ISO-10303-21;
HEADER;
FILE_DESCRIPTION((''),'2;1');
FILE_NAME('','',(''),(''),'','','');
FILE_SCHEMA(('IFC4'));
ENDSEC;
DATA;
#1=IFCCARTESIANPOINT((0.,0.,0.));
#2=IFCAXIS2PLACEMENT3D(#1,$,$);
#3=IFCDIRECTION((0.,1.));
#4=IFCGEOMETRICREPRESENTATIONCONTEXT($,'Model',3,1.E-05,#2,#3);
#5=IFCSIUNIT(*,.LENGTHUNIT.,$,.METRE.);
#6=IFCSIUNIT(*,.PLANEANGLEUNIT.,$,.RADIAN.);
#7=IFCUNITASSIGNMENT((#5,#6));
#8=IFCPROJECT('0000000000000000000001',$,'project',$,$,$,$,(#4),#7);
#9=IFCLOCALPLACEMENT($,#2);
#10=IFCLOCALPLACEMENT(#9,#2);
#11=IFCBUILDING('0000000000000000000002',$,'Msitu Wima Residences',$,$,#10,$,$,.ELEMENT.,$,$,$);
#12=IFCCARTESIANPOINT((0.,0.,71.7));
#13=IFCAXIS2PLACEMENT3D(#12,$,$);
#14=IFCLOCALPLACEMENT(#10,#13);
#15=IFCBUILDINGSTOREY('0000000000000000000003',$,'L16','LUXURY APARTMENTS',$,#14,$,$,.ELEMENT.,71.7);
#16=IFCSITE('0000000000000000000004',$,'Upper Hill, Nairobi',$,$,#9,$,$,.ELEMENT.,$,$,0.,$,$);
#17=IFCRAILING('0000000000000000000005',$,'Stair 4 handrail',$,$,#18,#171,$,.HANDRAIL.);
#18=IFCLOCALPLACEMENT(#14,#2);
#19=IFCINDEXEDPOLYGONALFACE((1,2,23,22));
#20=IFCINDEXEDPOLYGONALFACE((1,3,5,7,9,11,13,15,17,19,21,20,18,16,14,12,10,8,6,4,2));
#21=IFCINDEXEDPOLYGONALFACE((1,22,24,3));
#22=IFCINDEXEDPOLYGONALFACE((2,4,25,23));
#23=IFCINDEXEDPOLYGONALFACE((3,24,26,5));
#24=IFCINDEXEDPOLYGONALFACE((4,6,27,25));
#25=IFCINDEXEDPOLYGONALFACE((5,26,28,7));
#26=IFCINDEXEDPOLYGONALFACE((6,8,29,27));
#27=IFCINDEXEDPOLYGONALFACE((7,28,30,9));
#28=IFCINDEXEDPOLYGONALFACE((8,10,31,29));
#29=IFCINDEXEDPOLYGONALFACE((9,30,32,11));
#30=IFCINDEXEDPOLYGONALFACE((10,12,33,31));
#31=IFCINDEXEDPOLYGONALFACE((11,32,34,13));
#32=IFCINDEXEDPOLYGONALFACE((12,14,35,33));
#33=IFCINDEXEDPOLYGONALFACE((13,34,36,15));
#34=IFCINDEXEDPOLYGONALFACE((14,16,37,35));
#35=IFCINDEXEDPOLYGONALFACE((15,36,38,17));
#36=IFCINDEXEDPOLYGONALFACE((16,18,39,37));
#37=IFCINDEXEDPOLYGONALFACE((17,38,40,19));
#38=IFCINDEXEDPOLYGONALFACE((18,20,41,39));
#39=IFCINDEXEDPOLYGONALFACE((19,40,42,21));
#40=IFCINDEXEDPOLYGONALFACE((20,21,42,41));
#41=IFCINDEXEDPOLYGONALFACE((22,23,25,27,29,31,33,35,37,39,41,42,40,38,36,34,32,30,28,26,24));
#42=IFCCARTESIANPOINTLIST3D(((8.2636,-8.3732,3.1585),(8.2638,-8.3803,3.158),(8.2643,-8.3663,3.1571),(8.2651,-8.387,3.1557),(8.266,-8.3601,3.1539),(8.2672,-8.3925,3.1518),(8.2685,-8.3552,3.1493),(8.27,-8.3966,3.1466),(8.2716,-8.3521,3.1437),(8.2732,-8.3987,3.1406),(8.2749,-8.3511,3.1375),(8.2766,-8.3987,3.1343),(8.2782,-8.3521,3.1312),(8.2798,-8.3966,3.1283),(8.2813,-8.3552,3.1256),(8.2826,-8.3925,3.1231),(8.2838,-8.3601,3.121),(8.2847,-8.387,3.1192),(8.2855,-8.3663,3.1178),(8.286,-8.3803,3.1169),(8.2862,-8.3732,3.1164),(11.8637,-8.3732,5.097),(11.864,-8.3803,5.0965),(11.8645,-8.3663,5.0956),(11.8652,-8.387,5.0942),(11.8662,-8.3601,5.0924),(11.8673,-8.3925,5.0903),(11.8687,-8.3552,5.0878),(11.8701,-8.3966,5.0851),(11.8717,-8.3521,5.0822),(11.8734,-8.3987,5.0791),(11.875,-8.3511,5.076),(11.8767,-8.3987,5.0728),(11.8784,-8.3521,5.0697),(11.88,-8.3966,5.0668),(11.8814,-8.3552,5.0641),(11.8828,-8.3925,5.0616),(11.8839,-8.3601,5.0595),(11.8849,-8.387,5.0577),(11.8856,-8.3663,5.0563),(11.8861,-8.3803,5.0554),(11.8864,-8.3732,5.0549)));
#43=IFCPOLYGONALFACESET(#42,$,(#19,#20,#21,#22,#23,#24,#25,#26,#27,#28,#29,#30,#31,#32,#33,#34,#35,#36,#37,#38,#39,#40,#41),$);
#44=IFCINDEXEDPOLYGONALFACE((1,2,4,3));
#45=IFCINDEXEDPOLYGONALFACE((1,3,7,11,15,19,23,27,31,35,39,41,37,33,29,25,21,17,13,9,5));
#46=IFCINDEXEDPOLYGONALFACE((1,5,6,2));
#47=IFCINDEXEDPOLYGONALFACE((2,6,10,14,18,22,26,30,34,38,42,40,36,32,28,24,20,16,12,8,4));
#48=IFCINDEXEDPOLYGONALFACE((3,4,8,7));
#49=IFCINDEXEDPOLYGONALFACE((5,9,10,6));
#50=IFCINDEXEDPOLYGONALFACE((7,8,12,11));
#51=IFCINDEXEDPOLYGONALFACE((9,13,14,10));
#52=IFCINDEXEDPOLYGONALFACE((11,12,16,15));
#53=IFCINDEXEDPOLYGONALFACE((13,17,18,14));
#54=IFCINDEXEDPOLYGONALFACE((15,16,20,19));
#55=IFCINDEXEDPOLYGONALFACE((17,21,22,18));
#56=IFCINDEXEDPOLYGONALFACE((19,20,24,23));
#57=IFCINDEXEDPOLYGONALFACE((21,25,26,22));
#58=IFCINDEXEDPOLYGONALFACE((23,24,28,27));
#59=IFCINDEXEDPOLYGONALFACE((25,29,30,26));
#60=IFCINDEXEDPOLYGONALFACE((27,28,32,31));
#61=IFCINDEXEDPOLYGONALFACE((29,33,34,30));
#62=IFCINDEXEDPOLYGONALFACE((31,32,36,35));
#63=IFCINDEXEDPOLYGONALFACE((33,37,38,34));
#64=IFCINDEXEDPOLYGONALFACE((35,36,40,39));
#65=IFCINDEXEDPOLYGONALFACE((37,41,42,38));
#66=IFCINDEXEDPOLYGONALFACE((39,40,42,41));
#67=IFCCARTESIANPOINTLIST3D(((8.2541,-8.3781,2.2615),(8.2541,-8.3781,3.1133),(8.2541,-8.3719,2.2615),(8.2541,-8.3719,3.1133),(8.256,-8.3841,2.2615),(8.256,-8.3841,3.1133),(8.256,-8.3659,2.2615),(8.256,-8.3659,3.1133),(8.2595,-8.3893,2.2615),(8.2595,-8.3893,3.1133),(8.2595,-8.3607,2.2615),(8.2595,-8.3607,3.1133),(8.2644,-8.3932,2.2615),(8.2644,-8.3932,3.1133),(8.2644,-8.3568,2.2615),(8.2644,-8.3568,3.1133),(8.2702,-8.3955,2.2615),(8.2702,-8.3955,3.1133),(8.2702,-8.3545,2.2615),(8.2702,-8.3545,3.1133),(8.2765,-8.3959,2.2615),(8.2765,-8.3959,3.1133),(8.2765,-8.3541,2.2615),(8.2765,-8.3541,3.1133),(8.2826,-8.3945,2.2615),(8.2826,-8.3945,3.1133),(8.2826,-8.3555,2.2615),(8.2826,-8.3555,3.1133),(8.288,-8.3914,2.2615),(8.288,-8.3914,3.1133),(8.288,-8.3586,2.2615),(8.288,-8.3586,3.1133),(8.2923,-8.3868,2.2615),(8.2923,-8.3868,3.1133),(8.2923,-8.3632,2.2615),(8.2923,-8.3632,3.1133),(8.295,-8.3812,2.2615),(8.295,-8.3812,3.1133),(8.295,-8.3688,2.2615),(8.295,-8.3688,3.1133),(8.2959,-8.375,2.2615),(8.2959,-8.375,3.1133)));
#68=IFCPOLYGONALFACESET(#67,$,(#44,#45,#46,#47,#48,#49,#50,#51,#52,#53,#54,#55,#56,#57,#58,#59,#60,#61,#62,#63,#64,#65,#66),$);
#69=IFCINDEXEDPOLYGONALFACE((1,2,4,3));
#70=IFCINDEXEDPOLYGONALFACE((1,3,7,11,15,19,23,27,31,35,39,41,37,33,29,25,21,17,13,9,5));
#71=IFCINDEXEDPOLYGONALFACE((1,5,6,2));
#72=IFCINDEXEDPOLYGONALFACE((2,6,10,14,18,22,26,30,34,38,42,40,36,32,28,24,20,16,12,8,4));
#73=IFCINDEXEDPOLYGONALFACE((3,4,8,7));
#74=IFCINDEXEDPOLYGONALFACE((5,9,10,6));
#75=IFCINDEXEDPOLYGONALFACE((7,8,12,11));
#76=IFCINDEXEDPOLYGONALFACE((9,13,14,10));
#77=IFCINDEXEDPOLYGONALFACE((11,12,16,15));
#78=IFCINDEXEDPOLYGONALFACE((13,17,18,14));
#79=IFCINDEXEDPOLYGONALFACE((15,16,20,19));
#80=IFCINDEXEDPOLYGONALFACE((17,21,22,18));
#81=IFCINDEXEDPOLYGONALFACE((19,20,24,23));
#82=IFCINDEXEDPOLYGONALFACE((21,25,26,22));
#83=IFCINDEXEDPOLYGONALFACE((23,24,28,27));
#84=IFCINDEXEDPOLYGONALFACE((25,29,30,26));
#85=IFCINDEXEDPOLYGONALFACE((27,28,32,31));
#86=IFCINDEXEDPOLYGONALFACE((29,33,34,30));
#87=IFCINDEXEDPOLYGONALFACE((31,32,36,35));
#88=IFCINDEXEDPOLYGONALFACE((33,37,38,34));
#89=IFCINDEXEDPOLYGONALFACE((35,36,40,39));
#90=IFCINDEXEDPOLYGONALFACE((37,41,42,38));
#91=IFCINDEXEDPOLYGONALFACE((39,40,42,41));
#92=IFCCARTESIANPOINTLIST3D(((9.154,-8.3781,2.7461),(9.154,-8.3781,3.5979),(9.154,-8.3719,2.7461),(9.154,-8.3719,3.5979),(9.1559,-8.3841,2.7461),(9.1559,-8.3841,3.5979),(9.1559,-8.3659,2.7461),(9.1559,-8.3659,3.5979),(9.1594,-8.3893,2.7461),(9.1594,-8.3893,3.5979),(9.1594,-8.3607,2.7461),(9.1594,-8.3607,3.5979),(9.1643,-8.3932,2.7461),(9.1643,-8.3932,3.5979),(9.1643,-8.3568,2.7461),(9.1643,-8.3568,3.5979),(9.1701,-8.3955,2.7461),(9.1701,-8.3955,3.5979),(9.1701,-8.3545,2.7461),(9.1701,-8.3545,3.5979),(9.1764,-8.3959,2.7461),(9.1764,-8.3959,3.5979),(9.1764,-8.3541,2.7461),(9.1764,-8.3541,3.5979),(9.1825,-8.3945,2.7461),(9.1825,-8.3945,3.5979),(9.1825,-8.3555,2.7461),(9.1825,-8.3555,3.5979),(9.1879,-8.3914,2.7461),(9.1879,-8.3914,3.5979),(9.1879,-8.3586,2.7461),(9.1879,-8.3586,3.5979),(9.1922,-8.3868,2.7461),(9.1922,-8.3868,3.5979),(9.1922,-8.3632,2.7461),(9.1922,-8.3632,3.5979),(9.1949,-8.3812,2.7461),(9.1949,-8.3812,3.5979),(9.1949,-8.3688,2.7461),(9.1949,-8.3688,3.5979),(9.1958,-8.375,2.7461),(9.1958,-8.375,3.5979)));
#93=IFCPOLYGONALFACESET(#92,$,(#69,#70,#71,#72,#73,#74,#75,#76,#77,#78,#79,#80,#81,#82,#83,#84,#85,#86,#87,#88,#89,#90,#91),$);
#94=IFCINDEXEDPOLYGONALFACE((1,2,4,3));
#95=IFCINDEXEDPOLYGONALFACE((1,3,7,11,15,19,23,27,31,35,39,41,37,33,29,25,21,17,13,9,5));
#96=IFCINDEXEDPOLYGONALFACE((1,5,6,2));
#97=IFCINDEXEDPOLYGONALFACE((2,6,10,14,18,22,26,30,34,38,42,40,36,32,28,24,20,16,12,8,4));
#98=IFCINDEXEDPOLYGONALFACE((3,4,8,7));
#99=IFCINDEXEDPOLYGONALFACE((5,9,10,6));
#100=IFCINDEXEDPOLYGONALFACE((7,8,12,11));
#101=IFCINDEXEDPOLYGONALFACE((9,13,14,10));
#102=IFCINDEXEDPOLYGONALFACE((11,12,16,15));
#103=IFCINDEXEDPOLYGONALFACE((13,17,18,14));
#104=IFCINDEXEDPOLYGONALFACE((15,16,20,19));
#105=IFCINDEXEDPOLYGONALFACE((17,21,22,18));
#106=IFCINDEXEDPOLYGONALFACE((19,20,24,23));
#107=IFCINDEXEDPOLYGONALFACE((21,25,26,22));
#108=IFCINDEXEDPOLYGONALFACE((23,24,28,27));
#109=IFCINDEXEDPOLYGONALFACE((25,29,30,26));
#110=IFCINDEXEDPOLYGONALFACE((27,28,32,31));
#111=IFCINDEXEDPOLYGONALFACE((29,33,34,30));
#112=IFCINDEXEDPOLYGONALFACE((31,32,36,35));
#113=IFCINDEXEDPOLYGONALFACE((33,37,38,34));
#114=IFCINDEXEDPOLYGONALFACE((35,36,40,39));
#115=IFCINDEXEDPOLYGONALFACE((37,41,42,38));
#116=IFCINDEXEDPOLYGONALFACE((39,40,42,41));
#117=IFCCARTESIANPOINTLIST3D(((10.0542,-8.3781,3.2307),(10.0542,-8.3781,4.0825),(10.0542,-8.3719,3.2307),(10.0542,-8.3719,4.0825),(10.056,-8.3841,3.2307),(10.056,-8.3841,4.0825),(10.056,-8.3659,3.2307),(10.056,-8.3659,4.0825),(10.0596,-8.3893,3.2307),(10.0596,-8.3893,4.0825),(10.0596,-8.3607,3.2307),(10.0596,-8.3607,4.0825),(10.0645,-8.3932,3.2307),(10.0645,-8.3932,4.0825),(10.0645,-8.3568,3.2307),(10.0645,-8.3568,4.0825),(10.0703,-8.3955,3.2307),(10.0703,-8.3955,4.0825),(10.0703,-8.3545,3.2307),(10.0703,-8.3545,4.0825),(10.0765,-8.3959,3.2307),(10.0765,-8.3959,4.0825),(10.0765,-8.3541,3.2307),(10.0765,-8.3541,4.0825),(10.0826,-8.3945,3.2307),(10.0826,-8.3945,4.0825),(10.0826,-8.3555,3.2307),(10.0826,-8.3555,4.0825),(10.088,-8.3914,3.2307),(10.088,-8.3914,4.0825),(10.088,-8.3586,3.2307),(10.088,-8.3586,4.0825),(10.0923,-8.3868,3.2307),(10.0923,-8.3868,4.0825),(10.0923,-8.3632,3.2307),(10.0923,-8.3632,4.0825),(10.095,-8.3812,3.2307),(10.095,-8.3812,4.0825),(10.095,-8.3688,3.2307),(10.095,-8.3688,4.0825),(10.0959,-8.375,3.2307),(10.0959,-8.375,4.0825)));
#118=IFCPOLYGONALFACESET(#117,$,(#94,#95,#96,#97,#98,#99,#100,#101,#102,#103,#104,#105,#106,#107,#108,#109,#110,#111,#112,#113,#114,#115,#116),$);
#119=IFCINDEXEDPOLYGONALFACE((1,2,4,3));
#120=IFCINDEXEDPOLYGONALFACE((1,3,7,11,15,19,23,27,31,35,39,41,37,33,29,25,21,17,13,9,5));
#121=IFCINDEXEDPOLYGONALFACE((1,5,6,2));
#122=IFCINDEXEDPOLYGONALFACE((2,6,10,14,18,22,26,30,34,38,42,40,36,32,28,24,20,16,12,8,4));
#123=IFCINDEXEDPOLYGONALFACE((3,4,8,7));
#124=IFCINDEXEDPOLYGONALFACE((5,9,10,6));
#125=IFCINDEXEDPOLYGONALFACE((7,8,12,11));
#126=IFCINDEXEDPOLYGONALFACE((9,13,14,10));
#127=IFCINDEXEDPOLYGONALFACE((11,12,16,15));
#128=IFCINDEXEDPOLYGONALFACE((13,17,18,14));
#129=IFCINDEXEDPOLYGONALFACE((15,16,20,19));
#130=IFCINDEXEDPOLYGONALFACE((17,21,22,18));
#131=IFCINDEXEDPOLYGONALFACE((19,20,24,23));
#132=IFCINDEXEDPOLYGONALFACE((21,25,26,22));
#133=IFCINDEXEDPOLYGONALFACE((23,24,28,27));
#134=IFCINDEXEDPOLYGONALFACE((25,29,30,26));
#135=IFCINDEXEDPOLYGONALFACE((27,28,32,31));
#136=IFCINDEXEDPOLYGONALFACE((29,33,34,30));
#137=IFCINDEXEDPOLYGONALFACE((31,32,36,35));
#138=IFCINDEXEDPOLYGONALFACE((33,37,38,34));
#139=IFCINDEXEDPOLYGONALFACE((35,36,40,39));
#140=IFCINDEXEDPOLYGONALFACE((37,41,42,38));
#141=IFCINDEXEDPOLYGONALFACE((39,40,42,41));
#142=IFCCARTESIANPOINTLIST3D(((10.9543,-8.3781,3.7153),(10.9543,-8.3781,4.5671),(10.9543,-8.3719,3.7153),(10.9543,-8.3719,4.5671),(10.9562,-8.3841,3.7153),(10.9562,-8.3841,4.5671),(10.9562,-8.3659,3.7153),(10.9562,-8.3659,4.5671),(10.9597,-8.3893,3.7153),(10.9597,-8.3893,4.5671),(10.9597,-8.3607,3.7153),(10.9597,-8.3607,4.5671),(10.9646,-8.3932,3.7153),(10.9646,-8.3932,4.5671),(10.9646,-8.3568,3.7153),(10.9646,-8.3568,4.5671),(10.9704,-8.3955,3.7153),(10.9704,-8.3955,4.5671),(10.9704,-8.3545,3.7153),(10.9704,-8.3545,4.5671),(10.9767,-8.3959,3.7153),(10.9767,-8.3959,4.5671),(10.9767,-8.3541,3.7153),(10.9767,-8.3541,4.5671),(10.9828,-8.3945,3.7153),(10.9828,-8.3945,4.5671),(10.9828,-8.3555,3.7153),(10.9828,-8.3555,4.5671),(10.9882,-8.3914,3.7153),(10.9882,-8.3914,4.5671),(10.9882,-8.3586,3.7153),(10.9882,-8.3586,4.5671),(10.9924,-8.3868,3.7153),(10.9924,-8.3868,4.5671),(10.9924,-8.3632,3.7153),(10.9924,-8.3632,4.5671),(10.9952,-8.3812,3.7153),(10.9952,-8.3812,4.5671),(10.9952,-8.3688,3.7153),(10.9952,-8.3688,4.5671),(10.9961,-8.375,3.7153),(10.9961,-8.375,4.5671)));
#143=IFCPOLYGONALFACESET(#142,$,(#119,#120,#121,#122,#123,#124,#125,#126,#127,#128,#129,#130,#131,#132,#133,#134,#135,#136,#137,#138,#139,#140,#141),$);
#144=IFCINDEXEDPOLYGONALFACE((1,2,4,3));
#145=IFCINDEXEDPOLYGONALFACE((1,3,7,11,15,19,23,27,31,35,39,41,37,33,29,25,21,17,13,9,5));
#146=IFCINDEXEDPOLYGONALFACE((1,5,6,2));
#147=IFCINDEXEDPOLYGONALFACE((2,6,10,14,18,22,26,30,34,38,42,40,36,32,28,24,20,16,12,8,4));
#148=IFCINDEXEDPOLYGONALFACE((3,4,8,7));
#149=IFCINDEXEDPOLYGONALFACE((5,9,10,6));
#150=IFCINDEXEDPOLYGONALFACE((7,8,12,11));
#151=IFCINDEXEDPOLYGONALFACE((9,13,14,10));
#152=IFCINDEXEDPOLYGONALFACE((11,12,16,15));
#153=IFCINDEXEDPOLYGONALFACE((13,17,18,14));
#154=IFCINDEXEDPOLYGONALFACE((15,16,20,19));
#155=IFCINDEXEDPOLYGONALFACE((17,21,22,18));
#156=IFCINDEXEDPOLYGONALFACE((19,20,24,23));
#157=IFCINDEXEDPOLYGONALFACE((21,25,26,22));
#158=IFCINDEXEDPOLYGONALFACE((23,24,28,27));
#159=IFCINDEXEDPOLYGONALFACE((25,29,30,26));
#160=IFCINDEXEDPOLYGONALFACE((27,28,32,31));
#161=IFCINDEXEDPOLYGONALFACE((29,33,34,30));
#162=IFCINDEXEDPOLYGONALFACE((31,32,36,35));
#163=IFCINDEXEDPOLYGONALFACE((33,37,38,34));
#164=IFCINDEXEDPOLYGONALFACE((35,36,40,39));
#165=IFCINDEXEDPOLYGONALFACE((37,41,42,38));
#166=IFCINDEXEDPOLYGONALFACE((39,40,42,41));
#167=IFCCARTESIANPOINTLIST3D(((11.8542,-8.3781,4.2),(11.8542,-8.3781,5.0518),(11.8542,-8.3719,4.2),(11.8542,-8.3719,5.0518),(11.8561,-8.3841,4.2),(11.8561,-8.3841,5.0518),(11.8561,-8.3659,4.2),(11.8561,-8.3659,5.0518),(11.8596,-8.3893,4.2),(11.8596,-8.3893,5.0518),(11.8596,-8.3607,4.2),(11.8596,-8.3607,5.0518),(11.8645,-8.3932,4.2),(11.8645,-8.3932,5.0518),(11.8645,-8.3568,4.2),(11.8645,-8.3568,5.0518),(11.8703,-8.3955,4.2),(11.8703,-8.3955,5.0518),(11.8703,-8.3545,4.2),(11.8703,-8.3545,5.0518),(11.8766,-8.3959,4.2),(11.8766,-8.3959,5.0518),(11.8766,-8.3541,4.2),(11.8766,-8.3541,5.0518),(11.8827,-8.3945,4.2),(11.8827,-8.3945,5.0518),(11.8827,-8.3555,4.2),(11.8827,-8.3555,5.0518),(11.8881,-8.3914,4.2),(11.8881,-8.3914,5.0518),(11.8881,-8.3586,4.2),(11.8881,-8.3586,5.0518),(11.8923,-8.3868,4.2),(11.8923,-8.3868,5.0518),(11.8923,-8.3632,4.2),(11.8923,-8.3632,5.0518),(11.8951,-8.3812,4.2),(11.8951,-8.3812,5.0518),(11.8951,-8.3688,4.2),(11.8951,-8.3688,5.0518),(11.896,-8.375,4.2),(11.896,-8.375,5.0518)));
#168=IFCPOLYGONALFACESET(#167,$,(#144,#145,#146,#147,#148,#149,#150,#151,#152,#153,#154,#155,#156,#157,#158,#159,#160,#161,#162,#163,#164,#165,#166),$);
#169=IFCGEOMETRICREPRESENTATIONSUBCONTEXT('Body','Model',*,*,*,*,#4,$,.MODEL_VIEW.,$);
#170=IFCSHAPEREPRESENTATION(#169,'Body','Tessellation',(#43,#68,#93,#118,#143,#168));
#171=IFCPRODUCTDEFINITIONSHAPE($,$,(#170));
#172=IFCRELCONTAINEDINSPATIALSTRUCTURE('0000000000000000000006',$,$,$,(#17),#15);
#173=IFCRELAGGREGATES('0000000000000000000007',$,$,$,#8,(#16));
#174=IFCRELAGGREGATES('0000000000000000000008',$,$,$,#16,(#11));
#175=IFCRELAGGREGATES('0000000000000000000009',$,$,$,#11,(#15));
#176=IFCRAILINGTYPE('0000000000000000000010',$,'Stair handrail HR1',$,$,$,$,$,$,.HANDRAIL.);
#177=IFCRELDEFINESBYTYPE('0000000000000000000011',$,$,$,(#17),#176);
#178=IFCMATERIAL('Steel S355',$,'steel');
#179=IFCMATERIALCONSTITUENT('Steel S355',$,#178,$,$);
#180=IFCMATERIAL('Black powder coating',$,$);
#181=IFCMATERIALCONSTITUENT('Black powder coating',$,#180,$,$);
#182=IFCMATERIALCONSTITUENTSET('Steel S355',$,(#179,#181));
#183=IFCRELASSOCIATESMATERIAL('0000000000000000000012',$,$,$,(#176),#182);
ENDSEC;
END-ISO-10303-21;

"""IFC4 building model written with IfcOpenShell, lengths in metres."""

from ifc_helpers import new_model, si_unit, direction, frame, origin, origin_2d, place, context, subcontext, project, spatial, circle, extrude, material, constituent, constituent_set, type_object, element, save


model = new_model("IFC4")

# Units and contexts
model_context = context("Model", 3, precision=1e-05, world=origin(), true_north=direction((0.0, 1.0)))
body_context = subcontext(model_context, "Body", "Model", "MODEL_VIEW")
ifc_project = project(units=[si_unit("LENGTHUNIT", "METRE"), si_unit("PLANEANGLEUNIT", "RADIAN")], contexts=[model_context])

# Site, building, storey
site_placement = place(None, origin())
site = spatial("IfcSite", under=ifc_project, at=site_placement, Name="Upper Hill, Nairobi", CompositionType="ELEMENT", RefElevation=0.0)
building_placement = place(site_placement, origin())
building = spatial("IfcBuilding", under=site, at=building_placement, Name="Msitu Wima Residences", CompositionType="ELEMENT")
storey_placement = place(building_placement, frame((0.0, 0.0, 71.7)))
storey = spatial("IfcBuildingStorey", under=building, at=storey_placement, Name="L16", Description="LUXURY APARTMENTS", CompositionType="ELEMENT", Elevation=71.7)

# Railing
ifc_material_1 = material(Name="Steel S355", Category="steel")
ifc_constituent_1 = constituent(ifc_material_1, Name="Steel S355")
ifc_material_2 = material(Name="Black powder coating")
ifc_constituent_2 = constituent(ifc_material_2, Name="Black powder coating")
ifc_constituent_set = constituent_set(constituents=[ifc_constituent_1, ifc_constituent_2], Name="Steel S355")
railing_type = type_object("IfcRailingType", Name="Stair handrail HR1", PredefinedType="HANDRAIL", material=ifc_constituent_set)
for number, where, name in (
    (1, (8.2749, -8.375, 2.2615), "Stair 4 handrail"),
):
    element("IfcRailing", number, at=place(storey_placement, frame(where)), inside=storey, type_object=railing_type, Name=name, PredefinedType="HANDRAIL", context=body_context, shape_type="SweptSolid", body=[
        extrude(circle(Radius=0.0239, at=origin_2d()), frame((0.0, 0.0, 0.876), z_axis=(0.880475, 0.0, 0.474093), x_axis=(0.0, 1.0, 0.0)), (0.0, 0.0, 1.0), 4.0889),
        extrude(circle(Radius=0.021, at=origin_2d()), origin(), (0.0, 0.0, 1.0), 0.8518),
        extrude(circle(Radius=0.021, at=origin_2d()), frame((0.8999, 0.0, 0.4846)), (0.0, 0.0, 1.0), 0.8518),
        extrude(circle(Radius=0.021, at=origin_2d()), frame((1.8, 0.0, 0.9692)), (0.0, 0.0, 1.0), 0.8518),
        extrude(circle(Radius=0.021, at=origin_2d()), frame((2.7002, 0.0, 1.4539)), (0.0, 0.0, 1.0), 0.8518),
        extrude(circle(Radius=0.021, at=origin_2d()), frame((3.6001, 0.0, 1.9385)), (0.0, 0.0, 1.0), 0.8518),
    ])

save(model, "model.ifc")
